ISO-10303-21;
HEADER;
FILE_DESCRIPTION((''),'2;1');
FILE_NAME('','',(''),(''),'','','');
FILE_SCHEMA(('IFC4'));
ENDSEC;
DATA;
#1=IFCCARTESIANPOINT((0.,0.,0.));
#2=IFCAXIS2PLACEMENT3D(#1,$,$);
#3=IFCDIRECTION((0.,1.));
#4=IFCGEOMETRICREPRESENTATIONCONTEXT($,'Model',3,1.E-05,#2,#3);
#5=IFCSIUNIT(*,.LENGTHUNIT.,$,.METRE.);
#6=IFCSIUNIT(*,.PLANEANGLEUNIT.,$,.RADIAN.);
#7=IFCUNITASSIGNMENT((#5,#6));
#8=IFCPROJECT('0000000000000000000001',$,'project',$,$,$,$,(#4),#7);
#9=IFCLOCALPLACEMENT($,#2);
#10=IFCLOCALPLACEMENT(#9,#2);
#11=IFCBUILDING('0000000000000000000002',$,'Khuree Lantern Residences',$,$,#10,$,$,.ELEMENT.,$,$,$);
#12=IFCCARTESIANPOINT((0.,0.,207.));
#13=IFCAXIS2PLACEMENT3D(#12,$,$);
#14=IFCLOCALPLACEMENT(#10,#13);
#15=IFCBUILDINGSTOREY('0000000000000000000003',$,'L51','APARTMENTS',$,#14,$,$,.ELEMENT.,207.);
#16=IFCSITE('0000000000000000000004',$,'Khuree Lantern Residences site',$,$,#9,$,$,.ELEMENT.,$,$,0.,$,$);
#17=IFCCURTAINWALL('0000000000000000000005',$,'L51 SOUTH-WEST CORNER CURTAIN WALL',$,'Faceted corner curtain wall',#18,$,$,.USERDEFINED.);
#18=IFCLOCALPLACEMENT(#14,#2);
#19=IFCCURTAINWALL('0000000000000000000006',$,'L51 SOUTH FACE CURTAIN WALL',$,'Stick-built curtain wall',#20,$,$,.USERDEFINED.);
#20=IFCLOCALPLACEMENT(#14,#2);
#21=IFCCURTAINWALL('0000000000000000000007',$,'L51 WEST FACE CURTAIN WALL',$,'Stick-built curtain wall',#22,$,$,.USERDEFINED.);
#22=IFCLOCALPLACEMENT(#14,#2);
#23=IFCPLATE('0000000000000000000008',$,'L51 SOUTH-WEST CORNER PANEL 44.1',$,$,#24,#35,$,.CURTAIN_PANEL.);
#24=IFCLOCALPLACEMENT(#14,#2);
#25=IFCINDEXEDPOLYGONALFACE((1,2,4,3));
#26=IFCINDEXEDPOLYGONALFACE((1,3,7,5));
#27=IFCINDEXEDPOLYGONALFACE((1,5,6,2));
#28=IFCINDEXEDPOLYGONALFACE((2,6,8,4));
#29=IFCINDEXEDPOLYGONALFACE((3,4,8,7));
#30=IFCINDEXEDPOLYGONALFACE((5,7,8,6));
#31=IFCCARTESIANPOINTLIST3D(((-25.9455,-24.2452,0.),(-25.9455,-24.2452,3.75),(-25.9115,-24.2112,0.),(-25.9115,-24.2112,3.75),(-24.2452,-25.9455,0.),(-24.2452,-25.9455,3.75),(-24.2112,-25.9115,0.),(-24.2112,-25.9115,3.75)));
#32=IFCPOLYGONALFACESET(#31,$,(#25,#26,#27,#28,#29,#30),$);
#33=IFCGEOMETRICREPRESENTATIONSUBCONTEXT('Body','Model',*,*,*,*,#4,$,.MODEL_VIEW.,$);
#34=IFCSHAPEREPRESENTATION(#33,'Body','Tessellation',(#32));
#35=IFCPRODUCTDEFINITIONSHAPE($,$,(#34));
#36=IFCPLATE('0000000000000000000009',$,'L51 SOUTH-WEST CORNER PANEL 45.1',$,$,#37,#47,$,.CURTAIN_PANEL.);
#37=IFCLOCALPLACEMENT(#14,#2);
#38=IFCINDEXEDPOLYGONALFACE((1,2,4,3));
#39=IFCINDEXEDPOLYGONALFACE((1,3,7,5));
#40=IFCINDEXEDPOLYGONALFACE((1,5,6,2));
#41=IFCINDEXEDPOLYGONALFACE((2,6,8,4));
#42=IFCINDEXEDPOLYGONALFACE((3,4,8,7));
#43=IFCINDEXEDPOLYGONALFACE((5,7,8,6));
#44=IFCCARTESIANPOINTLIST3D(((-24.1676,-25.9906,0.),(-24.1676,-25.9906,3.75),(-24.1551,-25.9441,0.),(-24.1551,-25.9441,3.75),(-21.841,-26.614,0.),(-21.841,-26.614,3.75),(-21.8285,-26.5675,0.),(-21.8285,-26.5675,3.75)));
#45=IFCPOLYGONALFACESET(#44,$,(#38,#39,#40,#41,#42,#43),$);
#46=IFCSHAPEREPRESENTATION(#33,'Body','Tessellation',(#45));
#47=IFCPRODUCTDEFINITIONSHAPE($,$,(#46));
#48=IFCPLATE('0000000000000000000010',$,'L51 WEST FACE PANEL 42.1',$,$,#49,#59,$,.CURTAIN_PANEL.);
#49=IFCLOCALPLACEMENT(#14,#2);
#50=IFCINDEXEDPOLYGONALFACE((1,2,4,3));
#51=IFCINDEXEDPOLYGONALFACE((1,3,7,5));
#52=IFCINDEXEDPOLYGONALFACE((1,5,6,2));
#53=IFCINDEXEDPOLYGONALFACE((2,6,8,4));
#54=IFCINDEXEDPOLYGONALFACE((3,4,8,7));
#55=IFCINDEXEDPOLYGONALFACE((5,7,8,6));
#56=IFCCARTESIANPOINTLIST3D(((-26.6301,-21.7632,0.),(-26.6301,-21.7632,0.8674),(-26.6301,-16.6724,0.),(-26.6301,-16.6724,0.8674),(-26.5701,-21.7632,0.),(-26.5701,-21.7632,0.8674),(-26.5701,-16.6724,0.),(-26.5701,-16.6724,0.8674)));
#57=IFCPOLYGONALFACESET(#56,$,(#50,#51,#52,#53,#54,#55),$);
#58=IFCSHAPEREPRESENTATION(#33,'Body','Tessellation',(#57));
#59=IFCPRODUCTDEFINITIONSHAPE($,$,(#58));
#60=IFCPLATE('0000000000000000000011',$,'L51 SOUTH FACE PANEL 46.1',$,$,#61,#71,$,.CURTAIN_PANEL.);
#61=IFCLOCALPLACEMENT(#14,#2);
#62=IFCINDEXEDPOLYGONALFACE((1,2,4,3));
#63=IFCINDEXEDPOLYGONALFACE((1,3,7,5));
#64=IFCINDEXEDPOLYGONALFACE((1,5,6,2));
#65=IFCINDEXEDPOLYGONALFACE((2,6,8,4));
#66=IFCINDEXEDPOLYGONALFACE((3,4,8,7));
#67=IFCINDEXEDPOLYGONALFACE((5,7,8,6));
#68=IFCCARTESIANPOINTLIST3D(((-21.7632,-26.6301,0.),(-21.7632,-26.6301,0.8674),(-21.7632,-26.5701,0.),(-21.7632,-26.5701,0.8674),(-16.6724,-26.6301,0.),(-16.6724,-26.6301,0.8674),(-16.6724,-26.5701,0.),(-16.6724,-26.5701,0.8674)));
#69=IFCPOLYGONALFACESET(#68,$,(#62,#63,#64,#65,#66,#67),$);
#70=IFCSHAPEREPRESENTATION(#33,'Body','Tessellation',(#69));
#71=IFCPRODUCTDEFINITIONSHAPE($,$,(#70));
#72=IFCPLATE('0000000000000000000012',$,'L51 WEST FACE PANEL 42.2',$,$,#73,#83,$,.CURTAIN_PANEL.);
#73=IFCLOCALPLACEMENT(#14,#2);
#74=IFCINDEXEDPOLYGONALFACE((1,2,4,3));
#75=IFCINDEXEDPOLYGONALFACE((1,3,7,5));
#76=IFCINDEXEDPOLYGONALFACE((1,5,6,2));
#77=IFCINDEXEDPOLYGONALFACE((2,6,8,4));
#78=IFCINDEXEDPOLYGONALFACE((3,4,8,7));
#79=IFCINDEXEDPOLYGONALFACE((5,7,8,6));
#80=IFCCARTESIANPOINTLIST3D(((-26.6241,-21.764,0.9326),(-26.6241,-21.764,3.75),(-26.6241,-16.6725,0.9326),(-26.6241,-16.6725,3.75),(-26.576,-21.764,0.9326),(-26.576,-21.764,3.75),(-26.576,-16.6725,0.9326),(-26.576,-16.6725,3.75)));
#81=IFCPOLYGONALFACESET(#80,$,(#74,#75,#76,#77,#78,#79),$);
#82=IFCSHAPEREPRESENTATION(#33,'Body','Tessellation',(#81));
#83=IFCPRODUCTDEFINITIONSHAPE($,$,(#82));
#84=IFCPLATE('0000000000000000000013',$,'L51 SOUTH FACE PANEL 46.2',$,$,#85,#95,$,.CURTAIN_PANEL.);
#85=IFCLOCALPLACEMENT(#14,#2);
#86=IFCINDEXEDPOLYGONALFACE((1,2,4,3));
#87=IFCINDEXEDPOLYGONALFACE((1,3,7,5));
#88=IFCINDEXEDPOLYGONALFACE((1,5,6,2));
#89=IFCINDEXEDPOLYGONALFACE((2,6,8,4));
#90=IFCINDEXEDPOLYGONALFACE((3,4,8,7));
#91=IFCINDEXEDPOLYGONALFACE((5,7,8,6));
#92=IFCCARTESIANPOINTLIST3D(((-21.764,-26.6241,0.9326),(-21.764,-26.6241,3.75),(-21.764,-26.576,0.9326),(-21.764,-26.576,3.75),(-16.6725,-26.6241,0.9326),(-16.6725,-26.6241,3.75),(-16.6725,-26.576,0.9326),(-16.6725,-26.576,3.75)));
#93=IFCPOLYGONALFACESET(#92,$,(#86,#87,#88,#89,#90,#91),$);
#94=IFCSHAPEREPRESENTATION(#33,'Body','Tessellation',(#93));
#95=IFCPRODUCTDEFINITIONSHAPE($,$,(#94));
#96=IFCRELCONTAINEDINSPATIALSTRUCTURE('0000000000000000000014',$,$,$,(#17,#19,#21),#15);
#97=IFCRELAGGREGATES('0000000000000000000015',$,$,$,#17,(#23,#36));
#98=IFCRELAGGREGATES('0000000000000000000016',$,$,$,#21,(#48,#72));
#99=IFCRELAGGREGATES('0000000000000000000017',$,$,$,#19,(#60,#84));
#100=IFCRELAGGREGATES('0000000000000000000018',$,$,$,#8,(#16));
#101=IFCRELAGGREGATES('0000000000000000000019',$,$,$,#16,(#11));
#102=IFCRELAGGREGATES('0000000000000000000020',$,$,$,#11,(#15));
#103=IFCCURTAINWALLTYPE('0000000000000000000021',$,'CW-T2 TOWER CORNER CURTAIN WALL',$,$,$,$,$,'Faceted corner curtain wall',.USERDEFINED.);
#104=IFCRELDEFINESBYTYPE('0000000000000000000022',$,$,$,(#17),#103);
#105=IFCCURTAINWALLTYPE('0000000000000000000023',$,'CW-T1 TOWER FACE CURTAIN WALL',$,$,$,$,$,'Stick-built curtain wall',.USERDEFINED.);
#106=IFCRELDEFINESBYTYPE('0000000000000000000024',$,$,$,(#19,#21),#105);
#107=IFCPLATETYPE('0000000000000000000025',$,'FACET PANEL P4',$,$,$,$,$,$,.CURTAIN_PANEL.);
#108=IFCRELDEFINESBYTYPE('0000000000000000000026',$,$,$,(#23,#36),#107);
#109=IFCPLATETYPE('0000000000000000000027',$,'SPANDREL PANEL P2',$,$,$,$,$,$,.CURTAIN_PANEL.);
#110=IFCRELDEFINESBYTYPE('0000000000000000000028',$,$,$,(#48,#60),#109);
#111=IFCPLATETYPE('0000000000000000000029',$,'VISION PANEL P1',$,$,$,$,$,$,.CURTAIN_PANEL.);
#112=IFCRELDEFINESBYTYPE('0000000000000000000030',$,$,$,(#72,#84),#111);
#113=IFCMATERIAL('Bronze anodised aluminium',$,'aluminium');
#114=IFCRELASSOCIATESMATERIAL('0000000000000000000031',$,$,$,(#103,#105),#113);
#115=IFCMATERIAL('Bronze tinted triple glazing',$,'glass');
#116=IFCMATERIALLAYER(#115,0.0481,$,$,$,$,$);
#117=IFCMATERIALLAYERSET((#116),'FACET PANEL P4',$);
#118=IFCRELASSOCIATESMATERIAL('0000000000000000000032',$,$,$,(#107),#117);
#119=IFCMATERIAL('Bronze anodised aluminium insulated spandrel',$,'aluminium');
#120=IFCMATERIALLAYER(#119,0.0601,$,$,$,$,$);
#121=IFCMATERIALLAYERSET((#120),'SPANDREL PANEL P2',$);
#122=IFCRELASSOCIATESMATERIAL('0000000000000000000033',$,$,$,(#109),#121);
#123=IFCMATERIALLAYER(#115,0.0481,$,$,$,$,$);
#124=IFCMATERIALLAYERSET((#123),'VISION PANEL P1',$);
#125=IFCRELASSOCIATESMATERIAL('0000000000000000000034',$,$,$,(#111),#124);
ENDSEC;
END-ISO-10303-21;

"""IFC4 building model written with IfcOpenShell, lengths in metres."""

from ifc_helpers import new_model, si_unit, direction, frame, origin, origin_2d, place, context, subcontext, project, spatial, rectangle, extrude, material, layer, layer_set, type_object, element, aggregate, save


model = new_model("IFC4")

# Units and contexts
model_context = context("Model", 3, precision=1e-05, world=origin(), true_north=direction((0.0, 1.0)))
body_context = subcontext(model_context, "Body", "Model", "MODEL_VIEW")
ifc_project = project(units=[si_unit("LENGTHUNIT", "METRE"), si_unit("PLANEANGLEUNIT", "RADIAN")], contexts=[model_context])

# Site, building, storey
site_placement = place(None, origin())
site = spatial("IfcSite", under=ifc_project, at=site_placement, Name="Khuree Lantern Residences site", CompositionType="ELEMENT", RefElevation=0.0)
building_placement = place(site_placement, origin())
building = spatial("IfcBuilding", under=site, at=building_placement, Name="Khuree Lantern Residences", CompositionType="ELEMENT")
storey_placement = place(building_placement, frame((0.0, 0.0, 207.0)))
storey = spatial("IfcBuildingStorey", under=building, at=storey_placement, Name="L51", Description="APARTMENTS", CompositionType="ELEMENT", Elevation=207.0)

# Curtain walls
ifc_material_1 = material(Name="Bronze anodised aluminium", Category="aluminium")
curtain_wall_type_1 = type_object("IfcCurtainWallType", Name="CW-T2 TOWER CORNER CURTAIN WALL", ElementType="Faceted corner curtain wall", PredefinedType="USERDEFINED", material=ifc_material_1)
curtain_wall_1_placement = place(storey_placement, origin())
curtain_wall_1 = element("IfcCurtainWall", 1, at=curtain_wall_1_placement, inside=storey, type_object=curtain_wall_type_1, Name="L51 SOUTH-WEST CORNER CURTAIN WALL", ObjectType="Faceted corner curtain wall", PredefinedType="USERDEFINED")
curtain_wall_type_2 = type_object("IfcCurtainWallType", Name="CW-T1 TOWER FACE CURTAIN WALL", ElementType="Stick-built curtain wall", PredefinedType="USERDEFINED", material=ifc_material_1)
curtain_wall_2_placement = place(storey_placement, origin())
curtain_wall_2 = element("IfcCurtainWall", 2, at=curtain_wall_2_placement, inside=storey, type_object=curtain_wall_type_2, Name="L51 SOUTH FACE CURTAIN WALL", ObjectType="Stick-built curtain wall", PredefinedType="USERDEFINED")

# Curtain wall
curtain_wall_3_placement = place(storey_placement, origin())
curtain_wall_3 = element("IfcCurtainWall", 3, at=curtain_wall_3_placement, inside=storey, type_object=curtain_wall_type_2, Name="L51 WEST FACE CURTAIN WALL", ObjectType="Stick-built curtain wall", PredefinedType="USERDEFINED")

# Plates
ifc_material_2 = material(Name="Bronze tinted triple glazing", Category="glass")
ifc_layer_1 = layer(ifc_material_2, 0.0481)
ifc_layer_set_1 = layer_set([ifc_layer_1], Name="FACET PANEL P4")
plate_type_1 = type_object("IfcPlateType", Name="FACET PANEL P4", PredefinedType="CURTAIN_PANEL", material=ifc_layer_set_1)
plate_1_placement = place(storey_placement, frame((-25.0784, -25.0784, 0.0), z_axis=(0.0, 0.0, 1.0), x_axis=(0.707107, -0.707107, 0.0)))
plate_1 = element("IfcPlate", 4, at=plate_1_placement, type_object=plate_type_1, Name="L51 SOUTH-WEST CORNER PANEL 44.1", PredefinedType="CURTAIN_PANEL", context=body_context, shape_type="SweptSolid", body=[
    extrude(rectangle(XDim=2.4045, YDim=0.0481, at=origin_2d()), origin(), (0.0, 0.0, 1.0), 3.75),
])
plate_2_placement = place(storey_placement, frame((-22.998, -26.2791, 0.0), z_axis=(0.0, 0.0, 1.0), x_axis=(0.965926, -0.258819, 0.0)))
plate_2 = element("IfcPlate", 5, at=plate_2_placement, type_object=plate_type_1, Name="L51 SOUTH-WEST CORNER PANEL 45.1", PredefinedType="CURTAIN_PANEL", context=body_context, shape_type="SweptSolid", body=[
    extrude(rectangle(XDim=2.4087, YDim=0.0481, at=origin_2d()), origin(), (0.0, 0.0, 1.0), 3.75),
])
aggregate(curtain_wall_1, [plate_1, plate_2])
ifc_material_3 = material(Name="Bronze anodised aluminium insulated spandrel", Category="aluminium")
ifc_layer_2 = layer(ifc_material_3, 0.0601)
ifc_layer_set_2 = layer_set([ifc_layer_2], Name="SPANDREL PANEL P2")
plate_type_2 = type_object("IfcPlateType", Name="SPANDREL PANEL P2", PredefinedType="CURTAIN_PANEL", material=ifc_layer_set_2)
plate_3_placement = place(storey_placement, frame((-26.6001, -19.2178, 0.0), z_axis=(0.0, 0.0, 1.0), x_axis=(0.0, -1.0, 0.0)))
plate_3 = element("IfcPlate", 6, at=plate_3_placement, type_object=plate_type_2, Name="L51 WEST FACE PANEL 42.1", PredefinedType="CURTAIN_PANEL", context=body_context, shape_type="SweptSolid", body=[
    extrude(rectangle(XDim=5.0908, YDim=0.0601, at=origin_2d()), origin(), (0.0, 0.0, 1.0), 0.8674),
])
plate_4_placement = place(storey_placement, frame((-19.2178, -26.6001, 0.0), z_axis=(0.0, 0.0, 1.0), x_axis=(1.0, 0.0, 0.0)))
plate_4 = element("IfcPlate", 7, at=plate_4_placement, type_object=plate_type_2, Name="L51 SOUTH FACE PANEL 46.1", PredefinedType="CURTAIN_PANEL", context=body_context, shape_type="SweptSolid", body=[
    extrude(rectangle(XDim=5.0908, YDim=0.0601, at=origin_2d()), origin(), (0.0, 0.0, 1.0), 0.8674),
])
ifc_layer_3 = layer(ifc_material_2, 0.0481)
ifc_layer_set_3 = layer_set([ifc_layer_3], Name="VISION PANEL P1")
plate_type_3 = type_object("IfcPlateType", Name="VISION PANEL P1", PredefinedType="CURTAIN_PANEL", material=ifc_layer_set_3)
plate_5_placement = place(storey_placement, frame((-26.6001, -19.2183, 0.9326), z_axis=(0.0, 0.0, 1.0), x_axis=(0.0, -1.0, 0.0)))
plate_5 = element("IfcPlate", 8, at=plate_5_placement, type_object=plate_type_3, Name="L51 WEST FACE PANEL 42.2", PredefinedType="CURTAIN_PANEL", context=body_context, shape_type="SweptSolid", body=[
    extrude(rectangle(XDim=5.0916, YDim=0.0481, at=origin_2d()), origin(), (0.0, 0.0, 1.0), 2.8174),
])
aggregate(curtain_wall_3, [plate_3, plate_5])
plate_6_placement = place(storey_placement, frame((-19.2183, -26.6001, 0.9326), z_axis=(0.0, 0.0, 1.0), x_axis=(1.0, 0.0, 0.0)))
plate_6 = element("IfcPlate", 9, at=plate_6_placement, type_object=plate_type_3, Name="L51 SOUTH FACE PANEL 46.2", PredefinedType="CURTAIN_PANEL", context=body_context, shape_type="SweptSolid", body=[
    extrude(rectangle(XDim=5.0916, YDim=0.0481, at=origin_2d()), origin(), (0.0, 0.0, 1.0), 2.8174),
])
aggregate(curtain_wall_2, [plate_4, plate_6])

save(model, "model.ifc")
